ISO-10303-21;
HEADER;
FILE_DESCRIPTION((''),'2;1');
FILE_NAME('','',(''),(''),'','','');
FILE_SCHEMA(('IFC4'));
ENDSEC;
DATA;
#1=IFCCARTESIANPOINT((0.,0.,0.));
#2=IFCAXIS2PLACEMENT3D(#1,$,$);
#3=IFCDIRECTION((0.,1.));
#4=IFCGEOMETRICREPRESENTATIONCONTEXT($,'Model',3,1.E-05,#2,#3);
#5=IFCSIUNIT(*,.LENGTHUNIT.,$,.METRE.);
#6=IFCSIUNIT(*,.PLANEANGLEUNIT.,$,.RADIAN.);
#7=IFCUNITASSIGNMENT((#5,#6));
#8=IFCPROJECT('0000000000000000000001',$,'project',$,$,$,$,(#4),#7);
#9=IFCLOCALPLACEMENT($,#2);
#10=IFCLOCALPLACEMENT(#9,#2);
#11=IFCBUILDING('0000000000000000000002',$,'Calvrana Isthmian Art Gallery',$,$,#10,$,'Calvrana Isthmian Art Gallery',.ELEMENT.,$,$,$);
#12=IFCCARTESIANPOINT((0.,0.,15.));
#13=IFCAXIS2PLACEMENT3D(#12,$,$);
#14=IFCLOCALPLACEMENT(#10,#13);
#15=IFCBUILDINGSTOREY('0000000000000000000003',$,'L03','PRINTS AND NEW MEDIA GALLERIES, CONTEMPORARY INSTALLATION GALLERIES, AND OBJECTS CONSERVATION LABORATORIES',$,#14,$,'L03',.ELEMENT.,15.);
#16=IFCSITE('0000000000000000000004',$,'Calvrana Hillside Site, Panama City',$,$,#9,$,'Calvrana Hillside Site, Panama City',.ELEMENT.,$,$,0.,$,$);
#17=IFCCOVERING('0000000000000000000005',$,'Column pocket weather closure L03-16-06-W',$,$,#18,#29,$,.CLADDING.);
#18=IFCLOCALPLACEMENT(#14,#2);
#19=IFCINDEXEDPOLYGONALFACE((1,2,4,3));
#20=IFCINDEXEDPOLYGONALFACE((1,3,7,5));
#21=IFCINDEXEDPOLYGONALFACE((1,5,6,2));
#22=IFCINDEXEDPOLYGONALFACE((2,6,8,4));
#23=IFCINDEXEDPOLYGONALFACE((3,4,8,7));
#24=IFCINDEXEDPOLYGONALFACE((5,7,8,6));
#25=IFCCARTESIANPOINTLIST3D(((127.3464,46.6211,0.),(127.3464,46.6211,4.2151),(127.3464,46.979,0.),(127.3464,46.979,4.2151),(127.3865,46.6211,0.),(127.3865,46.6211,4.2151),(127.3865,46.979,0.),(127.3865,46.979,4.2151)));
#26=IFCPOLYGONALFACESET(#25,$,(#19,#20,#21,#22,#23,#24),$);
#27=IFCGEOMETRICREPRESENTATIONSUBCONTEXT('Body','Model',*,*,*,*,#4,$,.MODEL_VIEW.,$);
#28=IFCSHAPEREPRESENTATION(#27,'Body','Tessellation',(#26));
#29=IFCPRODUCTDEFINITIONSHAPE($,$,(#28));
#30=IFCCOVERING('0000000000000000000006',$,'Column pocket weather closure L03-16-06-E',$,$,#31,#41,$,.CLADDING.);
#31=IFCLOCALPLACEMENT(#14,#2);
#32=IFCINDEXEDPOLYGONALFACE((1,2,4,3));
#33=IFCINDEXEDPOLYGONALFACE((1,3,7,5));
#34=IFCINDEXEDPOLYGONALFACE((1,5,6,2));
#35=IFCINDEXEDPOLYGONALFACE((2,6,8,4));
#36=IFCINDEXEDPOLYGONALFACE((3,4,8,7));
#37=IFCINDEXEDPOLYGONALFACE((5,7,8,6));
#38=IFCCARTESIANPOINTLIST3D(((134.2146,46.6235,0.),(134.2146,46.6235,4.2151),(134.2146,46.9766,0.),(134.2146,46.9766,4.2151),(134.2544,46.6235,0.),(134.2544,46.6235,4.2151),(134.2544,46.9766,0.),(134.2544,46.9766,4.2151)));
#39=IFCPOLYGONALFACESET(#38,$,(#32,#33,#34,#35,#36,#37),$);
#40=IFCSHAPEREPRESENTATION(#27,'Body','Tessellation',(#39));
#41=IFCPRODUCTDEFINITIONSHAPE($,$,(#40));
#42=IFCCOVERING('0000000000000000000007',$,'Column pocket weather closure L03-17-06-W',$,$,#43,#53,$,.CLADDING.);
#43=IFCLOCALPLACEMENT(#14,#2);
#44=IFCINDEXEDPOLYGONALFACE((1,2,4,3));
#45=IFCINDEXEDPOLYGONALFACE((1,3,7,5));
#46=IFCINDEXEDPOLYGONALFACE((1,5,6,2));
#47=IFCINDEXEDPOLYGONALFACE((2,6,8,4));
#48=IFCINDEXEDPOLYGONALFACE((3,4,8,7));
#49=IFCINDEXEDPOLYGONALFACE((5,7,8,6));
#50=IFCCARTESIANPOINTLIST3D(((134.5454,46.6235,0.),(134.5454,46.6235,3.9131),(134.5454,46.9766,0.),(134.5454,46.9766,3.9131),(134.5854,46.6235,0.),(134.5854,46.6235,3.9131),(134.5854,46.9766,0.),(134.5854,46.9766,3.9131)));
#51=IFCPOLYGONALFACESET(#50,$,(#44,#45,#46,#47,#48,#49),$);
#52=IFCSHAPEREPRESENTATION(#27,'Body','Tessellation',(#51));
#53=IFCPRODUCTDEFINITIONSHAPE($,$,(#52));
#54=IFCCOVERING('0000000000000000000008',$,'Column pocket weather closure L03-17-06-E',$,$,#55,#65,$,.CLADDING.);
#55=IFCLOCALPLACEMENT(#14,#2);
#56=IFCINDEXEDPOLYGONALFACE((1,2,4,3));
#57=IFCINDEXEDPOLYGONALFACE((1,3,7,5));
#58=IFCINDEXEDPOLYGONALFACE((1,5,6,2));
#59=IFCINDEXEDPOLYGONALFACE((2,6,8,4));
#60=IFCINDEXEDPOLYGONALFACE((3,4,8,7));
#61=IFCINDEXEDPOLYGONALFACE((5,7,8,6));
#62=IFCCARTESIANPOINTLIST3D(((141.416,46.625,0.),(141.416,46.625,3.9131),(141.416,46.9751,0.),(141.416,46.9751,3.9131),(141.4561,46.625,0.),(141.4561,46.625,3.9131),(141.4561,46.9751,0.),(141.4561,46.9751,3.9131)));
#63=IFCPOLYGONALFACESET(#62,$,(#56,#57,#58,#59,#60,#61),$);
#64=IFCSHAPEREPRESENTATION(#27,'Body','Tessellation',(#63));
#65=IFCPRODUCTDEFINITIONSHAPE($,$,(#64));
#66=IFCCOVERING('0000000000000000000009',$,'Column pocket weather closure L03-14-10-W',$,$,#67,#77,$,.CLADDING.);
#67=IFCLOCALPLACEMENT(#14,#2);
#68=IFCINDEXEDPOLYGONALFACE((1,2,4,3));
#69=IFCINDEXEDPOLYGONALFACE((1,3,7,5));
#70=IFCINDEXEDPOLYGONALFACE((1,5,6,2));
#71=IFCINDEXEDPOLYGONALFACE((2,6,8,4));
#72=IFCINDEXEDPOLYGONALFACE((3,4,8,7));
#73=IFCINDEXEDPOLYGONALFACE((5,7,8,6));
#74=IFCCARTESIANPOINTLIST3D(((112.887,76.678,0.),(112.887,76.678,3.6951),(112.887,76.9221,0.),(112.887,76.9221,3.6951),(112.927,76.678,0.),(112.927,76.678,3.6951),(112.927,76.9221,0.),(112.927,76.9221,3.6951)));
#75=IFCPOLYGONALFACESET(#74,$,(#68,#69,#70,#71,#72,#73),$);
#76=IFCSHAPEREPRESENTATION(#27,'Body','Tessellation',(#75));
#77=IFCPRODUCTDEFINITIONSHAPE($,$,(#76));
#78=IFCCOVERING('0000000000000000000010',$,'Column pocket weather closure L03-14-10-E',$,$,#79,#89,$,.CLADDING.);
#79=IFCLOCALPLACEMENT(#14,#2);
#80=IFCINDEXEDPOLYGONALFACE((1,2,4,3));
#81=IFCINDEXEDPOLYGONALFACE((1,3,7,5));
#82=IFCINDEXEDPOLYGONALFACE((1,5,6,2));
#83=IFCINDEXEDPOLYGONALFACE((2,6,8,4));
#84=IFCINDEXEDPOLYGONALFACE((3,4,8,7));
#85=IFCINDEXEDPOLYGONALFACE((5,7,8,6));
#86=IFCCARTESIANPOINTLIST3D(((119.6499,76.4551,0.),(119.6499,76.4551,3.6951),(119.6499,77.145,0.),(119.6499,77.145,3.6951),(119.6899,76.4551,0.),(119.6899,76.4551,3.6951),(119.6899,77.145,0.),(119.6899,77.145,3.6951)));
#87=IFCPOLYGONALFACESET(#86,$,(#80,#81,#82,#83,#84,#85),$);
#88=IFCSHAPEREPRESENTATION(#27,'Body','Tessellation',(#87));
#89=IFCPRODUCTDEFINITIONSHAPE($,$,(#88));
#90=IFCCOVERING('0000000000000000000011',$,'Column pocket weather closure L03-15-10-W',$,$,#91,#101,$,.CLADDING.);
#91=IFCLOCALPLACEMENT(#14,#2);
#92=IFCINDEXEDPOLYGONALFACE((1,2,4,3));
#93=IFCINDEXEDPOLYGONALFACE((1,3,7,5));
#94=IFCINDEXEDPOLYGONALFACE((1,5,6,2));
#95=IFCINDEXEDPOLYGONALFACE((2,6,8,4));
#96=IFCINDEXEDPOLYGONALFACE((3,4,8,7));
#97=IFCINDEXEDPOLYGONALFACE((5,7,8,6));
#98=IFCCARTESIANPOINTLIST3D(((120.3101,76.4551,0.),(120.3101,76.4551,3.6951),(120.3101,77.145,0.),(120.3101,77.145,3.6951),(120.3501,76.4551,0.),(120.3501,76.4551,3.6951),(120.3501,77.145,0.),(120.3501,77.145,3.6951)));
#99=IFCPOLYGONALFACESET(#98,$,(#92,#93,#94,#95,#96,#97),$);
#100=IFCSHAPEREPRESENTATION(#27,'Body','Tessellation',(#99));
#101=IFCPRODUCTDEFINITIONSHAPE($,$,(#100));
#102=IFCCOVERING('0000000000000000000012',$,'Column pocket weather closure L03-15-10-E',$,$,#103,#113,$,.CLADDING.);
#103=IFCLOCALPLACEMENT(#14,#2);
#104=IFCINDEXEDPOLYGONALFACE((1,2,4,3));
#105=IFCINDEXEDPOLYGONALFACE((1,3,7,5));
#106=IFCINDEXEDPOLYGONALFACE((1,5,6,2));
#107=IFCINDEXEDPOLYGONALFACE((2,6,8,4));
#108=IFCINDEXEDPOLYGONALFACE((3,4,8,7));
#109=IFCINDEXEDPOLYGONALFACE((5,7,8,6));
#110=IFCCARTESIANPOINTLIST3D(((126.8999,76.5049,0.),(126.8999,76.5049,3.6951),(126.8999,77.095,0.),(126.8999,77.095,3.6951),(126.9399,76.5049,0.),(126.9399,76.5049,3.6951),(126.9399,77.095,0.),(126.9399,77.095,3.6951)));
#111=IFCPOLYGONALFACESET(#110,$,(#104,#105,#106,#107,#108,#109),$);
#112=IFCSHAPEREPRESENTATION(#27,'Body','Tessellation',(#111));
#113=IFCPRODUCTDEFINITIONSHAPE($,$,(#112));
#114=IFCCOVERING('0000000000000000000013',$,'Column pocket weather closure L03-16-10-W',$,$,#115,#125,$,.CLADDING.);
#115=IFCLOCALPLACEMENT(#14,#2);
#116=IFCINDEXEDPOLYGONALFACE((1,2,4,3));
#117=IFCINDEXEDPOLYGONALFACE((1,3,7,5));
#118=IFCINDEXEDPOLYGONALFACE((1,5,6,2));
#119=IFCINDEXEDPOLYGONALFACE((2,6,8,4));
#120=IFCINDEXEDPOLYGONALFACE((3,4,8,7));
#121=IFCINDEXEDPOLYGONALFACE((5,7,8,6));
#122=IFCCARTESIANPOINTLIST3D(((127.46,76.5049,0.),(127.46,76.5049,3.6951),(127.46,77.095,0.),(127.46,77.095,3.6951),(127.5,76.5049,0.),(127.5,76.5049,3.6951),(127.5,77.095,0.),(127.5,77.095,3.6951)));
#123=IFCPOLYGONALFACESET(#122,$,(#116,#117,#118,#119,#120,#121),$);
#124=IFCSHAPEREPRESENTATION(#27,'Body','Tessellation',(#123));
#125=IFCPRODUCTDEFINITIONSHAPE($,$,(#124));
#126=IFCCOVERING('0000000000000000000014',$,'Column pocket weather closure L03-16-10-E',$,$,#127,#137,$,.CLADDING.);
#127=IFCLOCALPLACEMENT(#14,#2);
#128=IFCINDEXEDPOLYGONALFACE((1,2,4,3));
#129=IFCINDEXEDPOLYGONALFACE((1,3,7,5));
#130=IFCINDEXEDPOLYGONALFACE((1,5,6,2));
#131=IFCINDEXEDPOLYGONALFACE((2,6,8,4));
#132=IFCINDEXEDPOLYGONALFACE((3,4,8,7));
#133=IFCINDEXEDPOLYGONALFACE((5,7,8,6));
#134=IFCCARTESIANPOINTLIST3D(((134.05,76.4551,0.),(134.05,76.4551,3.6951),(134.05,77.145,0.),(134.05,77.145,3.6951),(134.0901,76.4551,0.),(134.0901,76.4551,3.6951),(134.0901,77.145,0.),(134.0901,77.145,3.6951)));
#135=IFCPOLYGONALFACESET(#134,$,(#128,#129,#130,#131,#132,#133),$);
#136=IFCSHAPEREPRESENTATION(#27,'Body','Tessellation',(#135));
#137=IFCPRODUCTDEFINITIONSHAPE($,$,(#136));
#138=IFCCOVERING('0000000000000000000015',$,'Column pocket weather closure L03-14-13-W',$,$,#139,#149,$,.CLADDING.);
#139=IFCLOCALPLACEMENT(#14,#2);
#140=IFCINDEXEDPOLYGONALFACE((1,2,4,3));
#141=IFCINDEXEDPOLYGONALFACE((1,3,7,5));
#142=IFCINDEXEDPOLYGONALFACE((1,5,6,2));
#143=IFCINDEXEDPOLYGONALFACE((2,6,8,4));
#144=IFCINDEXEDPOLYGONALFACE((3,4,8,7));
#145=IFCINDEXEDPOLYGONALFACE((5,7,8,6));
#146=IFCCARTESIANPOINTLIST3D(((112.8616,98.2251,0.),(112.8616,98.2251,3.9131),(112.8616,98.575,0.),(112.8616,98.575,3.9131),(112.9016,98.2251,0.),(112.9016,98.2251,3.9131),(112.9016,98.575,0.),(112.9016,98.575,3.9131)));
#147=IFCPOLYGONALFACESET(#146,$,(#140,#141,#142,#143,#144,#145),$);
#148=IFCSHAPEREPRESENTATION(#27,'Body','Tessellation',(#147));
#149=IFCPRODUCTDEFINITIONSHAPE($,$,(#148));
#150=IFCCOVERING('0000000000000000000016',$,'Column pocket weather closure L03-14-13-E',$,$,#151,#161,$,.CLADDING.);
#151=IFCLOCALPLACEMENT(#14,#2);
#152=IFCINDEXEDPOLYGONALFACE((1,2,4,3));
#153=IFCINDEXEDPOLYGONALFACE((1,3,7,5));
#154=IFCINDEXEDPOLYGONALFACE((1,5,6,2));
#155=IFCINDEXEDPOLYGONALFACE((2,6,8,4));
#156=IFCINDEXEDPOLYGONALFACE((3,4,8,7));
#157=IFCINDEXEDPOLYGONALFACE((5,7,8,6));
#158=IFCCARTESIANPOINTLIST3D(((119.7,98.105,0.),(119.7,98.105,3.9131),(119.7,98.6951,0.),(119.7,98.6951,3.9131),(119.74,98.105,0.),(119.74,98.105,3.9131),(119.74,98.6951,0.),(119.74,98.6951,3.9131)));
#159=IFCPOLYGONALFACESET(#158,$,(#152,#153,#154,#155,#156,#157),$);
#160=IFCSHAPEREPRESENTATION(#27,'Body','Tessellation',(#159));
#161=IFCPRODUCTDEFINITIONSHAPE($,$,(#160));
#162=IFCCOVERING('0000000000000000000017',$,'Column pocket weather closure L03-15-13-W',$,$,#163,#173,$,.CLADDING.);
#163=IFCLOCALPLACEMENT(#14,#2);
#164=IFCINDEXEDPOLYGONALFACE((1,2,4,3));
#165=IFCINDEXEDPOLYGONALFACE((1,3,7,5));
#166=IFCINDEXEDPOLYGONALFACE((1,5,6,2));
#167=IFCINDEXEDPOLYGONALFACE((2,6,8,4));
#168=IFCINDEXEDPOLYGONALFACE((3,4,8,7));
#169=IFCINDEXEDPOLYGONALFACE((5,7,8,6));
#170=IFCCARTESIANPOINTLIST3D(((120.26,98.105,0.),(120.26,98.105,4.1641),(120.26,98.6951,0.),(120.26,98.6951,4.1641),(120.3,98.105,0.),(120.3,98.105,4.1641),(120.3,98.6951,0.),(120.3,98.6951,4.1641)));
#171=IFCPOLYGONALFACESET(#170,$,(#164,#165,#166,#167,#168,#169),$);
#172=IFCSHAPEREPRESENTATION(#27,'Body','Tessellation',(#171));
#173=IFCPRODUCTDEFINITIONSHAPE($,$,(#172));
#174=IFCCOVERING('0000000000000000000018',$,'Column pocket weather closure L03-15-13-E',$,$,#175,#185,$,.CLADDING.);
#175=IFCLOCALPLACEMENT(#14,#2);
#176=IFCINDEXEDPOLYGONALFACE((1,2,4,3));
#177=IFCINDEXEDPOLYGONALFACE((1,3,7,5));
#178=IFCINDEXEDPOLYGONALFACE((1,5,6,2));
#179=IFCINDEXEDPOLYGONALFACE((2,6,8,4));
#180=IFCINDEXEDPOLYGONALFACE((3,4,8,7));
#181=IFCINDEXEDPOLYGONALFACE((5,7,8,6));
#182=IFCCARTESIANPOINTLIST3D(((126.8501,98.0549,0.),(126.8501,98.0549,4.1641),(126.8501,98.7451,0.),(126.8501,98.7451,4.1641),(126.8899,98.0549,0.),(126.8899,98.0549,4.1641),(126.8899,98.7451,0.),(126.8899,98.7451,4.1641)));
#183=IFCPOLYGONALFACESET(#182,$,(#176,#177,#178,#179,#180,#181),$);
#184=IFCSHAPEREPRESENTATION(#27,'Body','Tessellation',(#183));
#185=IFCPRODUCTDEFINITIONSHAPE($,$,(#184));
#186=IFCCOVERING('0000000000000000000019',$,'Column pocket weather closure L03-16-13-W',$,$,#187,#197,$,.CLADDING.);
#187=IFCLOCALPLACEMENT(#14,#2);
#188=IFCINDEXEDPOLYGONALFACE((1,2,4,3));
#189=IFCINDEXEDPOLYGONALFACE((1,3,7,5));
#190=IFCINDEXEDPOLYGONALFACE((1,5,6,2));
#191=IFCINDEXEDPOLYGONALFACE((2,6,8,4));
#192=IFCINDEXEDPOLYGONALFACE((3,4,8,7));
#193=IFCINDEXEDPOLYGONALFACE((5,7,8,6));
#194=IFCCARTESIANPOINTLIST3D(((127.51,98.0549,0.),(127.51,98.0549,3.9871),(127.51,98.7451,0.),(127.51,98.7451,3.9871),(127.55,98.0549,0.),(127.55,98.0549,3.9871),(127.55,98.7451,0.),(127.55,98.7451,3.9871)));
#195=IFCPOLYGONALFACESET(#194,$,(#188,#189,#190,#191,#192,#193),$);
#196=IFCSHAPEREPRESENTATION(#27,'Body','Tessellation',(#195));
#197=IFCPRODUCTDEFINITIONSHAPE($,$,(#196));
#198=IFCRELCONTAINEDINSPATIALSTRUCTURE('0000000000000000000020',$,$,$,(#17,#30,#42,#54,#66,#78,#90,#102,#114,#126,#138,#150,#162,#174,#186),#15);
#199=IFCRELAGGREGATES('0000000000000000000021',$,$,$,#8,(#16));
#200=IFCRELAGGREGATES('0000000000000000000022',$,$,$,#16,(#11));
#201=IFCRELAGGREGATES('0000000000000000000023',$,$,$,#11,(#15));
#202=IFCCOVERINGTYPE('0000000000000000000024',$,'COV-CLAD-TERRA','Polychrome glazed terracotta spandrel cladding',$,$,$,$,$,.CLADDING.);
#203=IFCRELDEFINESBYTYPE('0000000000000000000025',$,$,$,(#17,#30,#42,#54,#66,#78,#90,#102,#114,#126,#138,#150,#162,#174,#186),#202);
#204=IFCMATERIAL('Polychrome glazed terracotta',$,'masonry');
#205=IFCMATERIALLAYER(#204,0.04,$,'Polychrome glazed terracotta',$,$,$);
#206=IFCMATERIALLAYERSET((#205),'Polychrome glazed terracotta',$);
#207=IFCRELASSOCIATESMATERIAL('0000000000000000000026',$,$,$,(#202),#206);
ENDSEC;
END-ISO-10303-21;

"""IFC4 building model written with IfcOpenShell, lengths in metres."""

from ifc_helpers import new_model, si_unit, direction, frame, origin, place, context, subcontext, project, spatial, polyline, outline, extrude, material, layer, layer_set, type_object, element, save


model = new_model("IFC4")

# Units and contexts
model_context = context("Model", 3, precision=1e-05, world=origin(), true_north=direction((0.0, 1.0)))
body_context = subcontext(model_context, "Body", "Model", "MODEL_VIEW")
ifc_project = project(units=[si_unit("LENGTHUNIT", "METRE"), si_unit("PLANEANGLEUNIT", "RADIAN")], contexts=[model_context])

# Site, building, storey
site_placement = place(None, origin())
site = spatial("IfcSite", under=ifc_project, at=site_placement, Name="Calvrana Hillside Site, Panama City", LongName="Calvrana Hillside Site, Panama City", CompositionType="ELEMENT", RefElevation=0.0)
building_placement = place(site_placement, origin())
building = spatial("IfcBuilding", under=site, at=building_placement, Name="Calvrana Isthmian Art Gallery", LongName="Calvrana Isthmian Art Gallery", CompositionType="ELEMENT")
storey_placement = place(building_placement, frame((0.0, 0.0, 15.0)))
storey = spatial("IfcBuildingStorey", under=building, at=storey_placement, Name="L03", Description="PRINTS AND NEW MEDIA GALLERIES, CONTEMPORARY INSTALLATION GALLERIES, AND OBJECTS CONSERVATION LABORATORIES", LongName="L03", CompositionType="ELEMENT", Elevation=15.0)

# Shared definitions
ifc_material_1 = material(Name="Polychrome glazed terracotta", Category="masonry")

# Coverings
ifc_layer_1 = layer(ifc_material_1, 0.04, Name="Polychrome glazed terracotta")
ifc_layer_set_1 = layer_set([ifc_layer_1], Name="Polychrome glazed terracotta")
covering_type_1 = type_object("IfcCoveringType", Name="COV-CLAD-TERRA", Description="Polychrome glazed terracotta spandrel cladding", PredefinedType="CLADDING", material=ifc_layer_set_1)
covering_1_placement = place(storey_placement, origin())
element("IfcCovering", 1, at=covering_1_placement, inside=storey, type_object=covering_type_1, Name="Column pocket weather closure L03-16-06-W", PredefinedType="CLADDING", context=body_context, shape_type="SweptSolid", body=[
    extrude(outline(polyline([(127.3464, 46.6211), (127.3865, 46.6211), (127.3865, 46.979), (127.3464, 46.979), (127.3464, 46.6211)])), origin(), (0.0, 0.0, 1.0), 4.2151),
])
covering_2_placement = place(storey_placement, origin())
element("IfcCovering", 2, at=covering_2_placement, inside=storey, type_object=covering_type_1, Name="Column pocket weather closure L03-16-06-E", PredefinedType="CLADDING", context=body_context, shape_type="SweptSolid", body=[
    extrude(outline(polyline([(134.2146, 46.6235), (134.2544, 46.6235), (134.2544, 46.9766), (134.2146, 46.9766), (134.2146, 46.6235)])), origin(), (0.0, 0.0, 1.0), 4.2151),
])
covering_3_placement = place(storey_placement, origin())
element("IfcCovering", 3, at=covering_3_placement, inside=storey, type_object=covering_type_1, Name="Column pocket weather closure L03-17-06-W", PredefinedType="CLADDING", context=body_context, shape_type="SweptSolid", body=[
    extrude(outline(polyline([(134.5454, 46.6235), (134.5854, 46.6235), (134.5854, 46.9766), (134.5454, 46.9766), (134.5454, 46.6235)])), origin(), (0.0, 0.0, 1.0), 3.9131),
])
covering_4_placement = place(storey_placement, origin())
element("IfcCovering", 4, at=covering_4_placement, inside=storey, type_object=covering_type_1, Name="Column pocket weather closure L03-17-06-E", PredefinedType="CLADDING", context=body_context, shape_type="SweptSolid", body=[
    extrude(outline(polyline([(141.416, 46.625), (141.4561, 46.625), (141.4561, 46.9751), (141.416, 46.9751), (141.416, 46.625)])), origin(), (0.0, 0.0, 1.0), 3.9131),
])
covering_5_placement = place(storey_placement, origin())
element("IfcCovering", 5, at=covering_5_placement, inside=storey, type_object=covering_type_1, Name="Column pocket weather closure L03-14-10-W", PredefinedType="CLADDING", context=body_context, shape_type="SweptSolid", body=[
    extrude(outline(polyline([(112.887, 76.678), (112.927, 76.678), (112.927, 76.9221), (112.887, 76.9221), (112.887, 76.678)])), origin(), (0.0, 0.0, 1.0), 3.6951),
])
covering_6_placement = place(storey_placement, origin())
element("IfcCovering", 6, at=covering_6_placement, inside=storey, type_object=covering_type_1, Name="Column pocket weather closure L03-14-10-E", PredefinedType="CLADDING", context=body_context, shape_type="SweptSolid", body=[
    extrude(outline(polyline([(119.6499, 76.4551), (119.6899, 76.4551), (119.6899, 77.145), (119.6499, 77.145), (119.6499, 76.4551)])), origin(), (0.0, 0.0, 1.0), 3.6951),
])
covering_7_placement = place(storey_placement, origin())
element("IfcCovering", 7, at=covering_7_placement, inside=storey, type_object=covering_type_1, Name="Column pocket weather closure L03-15-10-W", PredefinedType="CLADDING", context=body_context, shape_type="SweptSolid", body=[
    extrude(outline(polyline([(120.3101, 76.4551), (120.3501, 76.4551), (120.3501, 77.145), (120.3101, 77.145), (120.3101, 76.4551)])), origin(), (0.0, 0.0, 1.0), 3.6951),
])
covering_8_placement = place(storey_placement, origin())
element("IfcCovering", 8, at=covering_8_placement, inside=storey, type_object=covering_type_1, Name="Column pocket weather closure L03-15-10-E", PredefinedType="CLADDING", context=body_context, shape_type="SweptSolid", body=[
    extrude(outline(polyline([(126.8999, 76.5049), (126.9399, 76.5049), (126.9399, 77.095), (126.8999, 77.095), (126.8999, 76.5049)])), origin(), (0.0, 0.0, 1.0), 3.6951),
])
covering_9_placement = place(storey_placement, origin())
element("IfcCovering", 9, at=covering_9_placement, inside=storey, type_object=covering_type_1, Name="Column pocket weather closure L03-16-10-W", PredefinedType="CLADDING", context=body_context, shape_type="SweptSolid", body=[
    extrude(outline(polyline([(127.46, 76.5049), (127.5, 76.5049), (127.5, 77.095), (127.46, 77.095), (127.46, 76.5049)])), origin(), (0.0, 0.0, 1.0), 3.6951),
])
covering_10_placement = place(storey_placement, origin())
element("IfcCovering", 10, at=covering_10_placement, inside=storey, type_object=covering_type_1, Name="Column pocket weather closure L03-16-10-E", PredefinedType="CLADDING", context=body_context, shape_type="SweptSolid", body=[
    extrude(outline(polyline([(134.05, 76.4551), (134.0901, 76.4551), (134.0901, 77.145), (134.05, 77.145), (134.05, 76.4551)])), origin(), (0.0, 0.0, 1.0), 3.6951),
])
covering_11_placement = place(storey_placement, origin())
element("IfcCovering", 11, at=covering_11_placement, inside=storey, type_object=covering_type_1, Name="Column pocket weather closure L03-14-13-W", PredefinedType="CLADDING", context=body_context, shape_type="SweptSolid", body=[
    extrude(outline(polyline([(112.8616, 98.2251), (112.9016, 98.2251), (112.9016, 98.575), (112.8616, 98.575), (112.8616, 98.2251)])), origin(), (0.0, 0.0, 1.0), 3.9131),
])
covering_12_placement = place(storey_placement, origin())
element("IfcCovering", 12, at=covering_12_placement, inside=storey, type_object=covering_type_1, Name="Column pocket weather closure L03-14-13-E", PredefinedType="CLADDING", context=body_context, shape_type="SweptSolid", body=[
    extrude(outline(polyline([(119.7, 98.105), (119.74, 98.105), (119.74, 98.6951), (119.7, 98.6951), (119.7, 98.105)])), origin(), (0.0, 0.0, 1.0), 3.9131),
])
covering_13_placement = place(storey_placement, origin())
element("IfcCovering", 13, at=covering_13_placement, inside=storey, type_object=covering_type_1, Name="Column pocket weather closure L03-15-13-W", PredefinedType="CLADDING", context=body_context, shape_type="SweptSolid", body=[
    extrude(outline(polyline([(120.26, 98.105), (120.3, 98.105), (120.3, 98.6951), (120.26, 98.6951), (120.26, 98.105)])), origin(), (0.0, 0.0, 1.0), 4.1641),
])
covering_14_placement = place(storey_placement, origin())
element("IfcCovering", 14, at=covering_14_placement, inside=storey, type_object=covering_type_1, Name="Column pocket weather closure L03-15-13-E", PredefinedType="CLADDING", context=body_context, shape_type="SweptSolid", body=[
    extrude(outline(polyline([(126.8501, 98.0549), (126.8899, 98.0549), (126.8899, 98.7451), (126.8501, 98.7451), (126.8501, 98.0549)])), origin(), (0.0, 0.0, 1.0), 4.1641),
])
covering_15_placement = place(storey_placement, origin())
element("IfcCovering", 15, at=covering_15_placement, inside=storey, type_object=covering_type_1, Name="Column pocket weather closure L03-16-13-W", PredefinedType="CLADDING", context=body_context, shape_type="SweptSolid", body=[
    extrude(outline(polyline([(127.51, 98.0549), (127.55, 98.0549), (127.55, 98.7451), (127.51, 98.7451), (127.51, 98.0549)])), origin(), (0.0, 0.0, 1.0), 3.9871),
])

save(model, "model.ifc")
